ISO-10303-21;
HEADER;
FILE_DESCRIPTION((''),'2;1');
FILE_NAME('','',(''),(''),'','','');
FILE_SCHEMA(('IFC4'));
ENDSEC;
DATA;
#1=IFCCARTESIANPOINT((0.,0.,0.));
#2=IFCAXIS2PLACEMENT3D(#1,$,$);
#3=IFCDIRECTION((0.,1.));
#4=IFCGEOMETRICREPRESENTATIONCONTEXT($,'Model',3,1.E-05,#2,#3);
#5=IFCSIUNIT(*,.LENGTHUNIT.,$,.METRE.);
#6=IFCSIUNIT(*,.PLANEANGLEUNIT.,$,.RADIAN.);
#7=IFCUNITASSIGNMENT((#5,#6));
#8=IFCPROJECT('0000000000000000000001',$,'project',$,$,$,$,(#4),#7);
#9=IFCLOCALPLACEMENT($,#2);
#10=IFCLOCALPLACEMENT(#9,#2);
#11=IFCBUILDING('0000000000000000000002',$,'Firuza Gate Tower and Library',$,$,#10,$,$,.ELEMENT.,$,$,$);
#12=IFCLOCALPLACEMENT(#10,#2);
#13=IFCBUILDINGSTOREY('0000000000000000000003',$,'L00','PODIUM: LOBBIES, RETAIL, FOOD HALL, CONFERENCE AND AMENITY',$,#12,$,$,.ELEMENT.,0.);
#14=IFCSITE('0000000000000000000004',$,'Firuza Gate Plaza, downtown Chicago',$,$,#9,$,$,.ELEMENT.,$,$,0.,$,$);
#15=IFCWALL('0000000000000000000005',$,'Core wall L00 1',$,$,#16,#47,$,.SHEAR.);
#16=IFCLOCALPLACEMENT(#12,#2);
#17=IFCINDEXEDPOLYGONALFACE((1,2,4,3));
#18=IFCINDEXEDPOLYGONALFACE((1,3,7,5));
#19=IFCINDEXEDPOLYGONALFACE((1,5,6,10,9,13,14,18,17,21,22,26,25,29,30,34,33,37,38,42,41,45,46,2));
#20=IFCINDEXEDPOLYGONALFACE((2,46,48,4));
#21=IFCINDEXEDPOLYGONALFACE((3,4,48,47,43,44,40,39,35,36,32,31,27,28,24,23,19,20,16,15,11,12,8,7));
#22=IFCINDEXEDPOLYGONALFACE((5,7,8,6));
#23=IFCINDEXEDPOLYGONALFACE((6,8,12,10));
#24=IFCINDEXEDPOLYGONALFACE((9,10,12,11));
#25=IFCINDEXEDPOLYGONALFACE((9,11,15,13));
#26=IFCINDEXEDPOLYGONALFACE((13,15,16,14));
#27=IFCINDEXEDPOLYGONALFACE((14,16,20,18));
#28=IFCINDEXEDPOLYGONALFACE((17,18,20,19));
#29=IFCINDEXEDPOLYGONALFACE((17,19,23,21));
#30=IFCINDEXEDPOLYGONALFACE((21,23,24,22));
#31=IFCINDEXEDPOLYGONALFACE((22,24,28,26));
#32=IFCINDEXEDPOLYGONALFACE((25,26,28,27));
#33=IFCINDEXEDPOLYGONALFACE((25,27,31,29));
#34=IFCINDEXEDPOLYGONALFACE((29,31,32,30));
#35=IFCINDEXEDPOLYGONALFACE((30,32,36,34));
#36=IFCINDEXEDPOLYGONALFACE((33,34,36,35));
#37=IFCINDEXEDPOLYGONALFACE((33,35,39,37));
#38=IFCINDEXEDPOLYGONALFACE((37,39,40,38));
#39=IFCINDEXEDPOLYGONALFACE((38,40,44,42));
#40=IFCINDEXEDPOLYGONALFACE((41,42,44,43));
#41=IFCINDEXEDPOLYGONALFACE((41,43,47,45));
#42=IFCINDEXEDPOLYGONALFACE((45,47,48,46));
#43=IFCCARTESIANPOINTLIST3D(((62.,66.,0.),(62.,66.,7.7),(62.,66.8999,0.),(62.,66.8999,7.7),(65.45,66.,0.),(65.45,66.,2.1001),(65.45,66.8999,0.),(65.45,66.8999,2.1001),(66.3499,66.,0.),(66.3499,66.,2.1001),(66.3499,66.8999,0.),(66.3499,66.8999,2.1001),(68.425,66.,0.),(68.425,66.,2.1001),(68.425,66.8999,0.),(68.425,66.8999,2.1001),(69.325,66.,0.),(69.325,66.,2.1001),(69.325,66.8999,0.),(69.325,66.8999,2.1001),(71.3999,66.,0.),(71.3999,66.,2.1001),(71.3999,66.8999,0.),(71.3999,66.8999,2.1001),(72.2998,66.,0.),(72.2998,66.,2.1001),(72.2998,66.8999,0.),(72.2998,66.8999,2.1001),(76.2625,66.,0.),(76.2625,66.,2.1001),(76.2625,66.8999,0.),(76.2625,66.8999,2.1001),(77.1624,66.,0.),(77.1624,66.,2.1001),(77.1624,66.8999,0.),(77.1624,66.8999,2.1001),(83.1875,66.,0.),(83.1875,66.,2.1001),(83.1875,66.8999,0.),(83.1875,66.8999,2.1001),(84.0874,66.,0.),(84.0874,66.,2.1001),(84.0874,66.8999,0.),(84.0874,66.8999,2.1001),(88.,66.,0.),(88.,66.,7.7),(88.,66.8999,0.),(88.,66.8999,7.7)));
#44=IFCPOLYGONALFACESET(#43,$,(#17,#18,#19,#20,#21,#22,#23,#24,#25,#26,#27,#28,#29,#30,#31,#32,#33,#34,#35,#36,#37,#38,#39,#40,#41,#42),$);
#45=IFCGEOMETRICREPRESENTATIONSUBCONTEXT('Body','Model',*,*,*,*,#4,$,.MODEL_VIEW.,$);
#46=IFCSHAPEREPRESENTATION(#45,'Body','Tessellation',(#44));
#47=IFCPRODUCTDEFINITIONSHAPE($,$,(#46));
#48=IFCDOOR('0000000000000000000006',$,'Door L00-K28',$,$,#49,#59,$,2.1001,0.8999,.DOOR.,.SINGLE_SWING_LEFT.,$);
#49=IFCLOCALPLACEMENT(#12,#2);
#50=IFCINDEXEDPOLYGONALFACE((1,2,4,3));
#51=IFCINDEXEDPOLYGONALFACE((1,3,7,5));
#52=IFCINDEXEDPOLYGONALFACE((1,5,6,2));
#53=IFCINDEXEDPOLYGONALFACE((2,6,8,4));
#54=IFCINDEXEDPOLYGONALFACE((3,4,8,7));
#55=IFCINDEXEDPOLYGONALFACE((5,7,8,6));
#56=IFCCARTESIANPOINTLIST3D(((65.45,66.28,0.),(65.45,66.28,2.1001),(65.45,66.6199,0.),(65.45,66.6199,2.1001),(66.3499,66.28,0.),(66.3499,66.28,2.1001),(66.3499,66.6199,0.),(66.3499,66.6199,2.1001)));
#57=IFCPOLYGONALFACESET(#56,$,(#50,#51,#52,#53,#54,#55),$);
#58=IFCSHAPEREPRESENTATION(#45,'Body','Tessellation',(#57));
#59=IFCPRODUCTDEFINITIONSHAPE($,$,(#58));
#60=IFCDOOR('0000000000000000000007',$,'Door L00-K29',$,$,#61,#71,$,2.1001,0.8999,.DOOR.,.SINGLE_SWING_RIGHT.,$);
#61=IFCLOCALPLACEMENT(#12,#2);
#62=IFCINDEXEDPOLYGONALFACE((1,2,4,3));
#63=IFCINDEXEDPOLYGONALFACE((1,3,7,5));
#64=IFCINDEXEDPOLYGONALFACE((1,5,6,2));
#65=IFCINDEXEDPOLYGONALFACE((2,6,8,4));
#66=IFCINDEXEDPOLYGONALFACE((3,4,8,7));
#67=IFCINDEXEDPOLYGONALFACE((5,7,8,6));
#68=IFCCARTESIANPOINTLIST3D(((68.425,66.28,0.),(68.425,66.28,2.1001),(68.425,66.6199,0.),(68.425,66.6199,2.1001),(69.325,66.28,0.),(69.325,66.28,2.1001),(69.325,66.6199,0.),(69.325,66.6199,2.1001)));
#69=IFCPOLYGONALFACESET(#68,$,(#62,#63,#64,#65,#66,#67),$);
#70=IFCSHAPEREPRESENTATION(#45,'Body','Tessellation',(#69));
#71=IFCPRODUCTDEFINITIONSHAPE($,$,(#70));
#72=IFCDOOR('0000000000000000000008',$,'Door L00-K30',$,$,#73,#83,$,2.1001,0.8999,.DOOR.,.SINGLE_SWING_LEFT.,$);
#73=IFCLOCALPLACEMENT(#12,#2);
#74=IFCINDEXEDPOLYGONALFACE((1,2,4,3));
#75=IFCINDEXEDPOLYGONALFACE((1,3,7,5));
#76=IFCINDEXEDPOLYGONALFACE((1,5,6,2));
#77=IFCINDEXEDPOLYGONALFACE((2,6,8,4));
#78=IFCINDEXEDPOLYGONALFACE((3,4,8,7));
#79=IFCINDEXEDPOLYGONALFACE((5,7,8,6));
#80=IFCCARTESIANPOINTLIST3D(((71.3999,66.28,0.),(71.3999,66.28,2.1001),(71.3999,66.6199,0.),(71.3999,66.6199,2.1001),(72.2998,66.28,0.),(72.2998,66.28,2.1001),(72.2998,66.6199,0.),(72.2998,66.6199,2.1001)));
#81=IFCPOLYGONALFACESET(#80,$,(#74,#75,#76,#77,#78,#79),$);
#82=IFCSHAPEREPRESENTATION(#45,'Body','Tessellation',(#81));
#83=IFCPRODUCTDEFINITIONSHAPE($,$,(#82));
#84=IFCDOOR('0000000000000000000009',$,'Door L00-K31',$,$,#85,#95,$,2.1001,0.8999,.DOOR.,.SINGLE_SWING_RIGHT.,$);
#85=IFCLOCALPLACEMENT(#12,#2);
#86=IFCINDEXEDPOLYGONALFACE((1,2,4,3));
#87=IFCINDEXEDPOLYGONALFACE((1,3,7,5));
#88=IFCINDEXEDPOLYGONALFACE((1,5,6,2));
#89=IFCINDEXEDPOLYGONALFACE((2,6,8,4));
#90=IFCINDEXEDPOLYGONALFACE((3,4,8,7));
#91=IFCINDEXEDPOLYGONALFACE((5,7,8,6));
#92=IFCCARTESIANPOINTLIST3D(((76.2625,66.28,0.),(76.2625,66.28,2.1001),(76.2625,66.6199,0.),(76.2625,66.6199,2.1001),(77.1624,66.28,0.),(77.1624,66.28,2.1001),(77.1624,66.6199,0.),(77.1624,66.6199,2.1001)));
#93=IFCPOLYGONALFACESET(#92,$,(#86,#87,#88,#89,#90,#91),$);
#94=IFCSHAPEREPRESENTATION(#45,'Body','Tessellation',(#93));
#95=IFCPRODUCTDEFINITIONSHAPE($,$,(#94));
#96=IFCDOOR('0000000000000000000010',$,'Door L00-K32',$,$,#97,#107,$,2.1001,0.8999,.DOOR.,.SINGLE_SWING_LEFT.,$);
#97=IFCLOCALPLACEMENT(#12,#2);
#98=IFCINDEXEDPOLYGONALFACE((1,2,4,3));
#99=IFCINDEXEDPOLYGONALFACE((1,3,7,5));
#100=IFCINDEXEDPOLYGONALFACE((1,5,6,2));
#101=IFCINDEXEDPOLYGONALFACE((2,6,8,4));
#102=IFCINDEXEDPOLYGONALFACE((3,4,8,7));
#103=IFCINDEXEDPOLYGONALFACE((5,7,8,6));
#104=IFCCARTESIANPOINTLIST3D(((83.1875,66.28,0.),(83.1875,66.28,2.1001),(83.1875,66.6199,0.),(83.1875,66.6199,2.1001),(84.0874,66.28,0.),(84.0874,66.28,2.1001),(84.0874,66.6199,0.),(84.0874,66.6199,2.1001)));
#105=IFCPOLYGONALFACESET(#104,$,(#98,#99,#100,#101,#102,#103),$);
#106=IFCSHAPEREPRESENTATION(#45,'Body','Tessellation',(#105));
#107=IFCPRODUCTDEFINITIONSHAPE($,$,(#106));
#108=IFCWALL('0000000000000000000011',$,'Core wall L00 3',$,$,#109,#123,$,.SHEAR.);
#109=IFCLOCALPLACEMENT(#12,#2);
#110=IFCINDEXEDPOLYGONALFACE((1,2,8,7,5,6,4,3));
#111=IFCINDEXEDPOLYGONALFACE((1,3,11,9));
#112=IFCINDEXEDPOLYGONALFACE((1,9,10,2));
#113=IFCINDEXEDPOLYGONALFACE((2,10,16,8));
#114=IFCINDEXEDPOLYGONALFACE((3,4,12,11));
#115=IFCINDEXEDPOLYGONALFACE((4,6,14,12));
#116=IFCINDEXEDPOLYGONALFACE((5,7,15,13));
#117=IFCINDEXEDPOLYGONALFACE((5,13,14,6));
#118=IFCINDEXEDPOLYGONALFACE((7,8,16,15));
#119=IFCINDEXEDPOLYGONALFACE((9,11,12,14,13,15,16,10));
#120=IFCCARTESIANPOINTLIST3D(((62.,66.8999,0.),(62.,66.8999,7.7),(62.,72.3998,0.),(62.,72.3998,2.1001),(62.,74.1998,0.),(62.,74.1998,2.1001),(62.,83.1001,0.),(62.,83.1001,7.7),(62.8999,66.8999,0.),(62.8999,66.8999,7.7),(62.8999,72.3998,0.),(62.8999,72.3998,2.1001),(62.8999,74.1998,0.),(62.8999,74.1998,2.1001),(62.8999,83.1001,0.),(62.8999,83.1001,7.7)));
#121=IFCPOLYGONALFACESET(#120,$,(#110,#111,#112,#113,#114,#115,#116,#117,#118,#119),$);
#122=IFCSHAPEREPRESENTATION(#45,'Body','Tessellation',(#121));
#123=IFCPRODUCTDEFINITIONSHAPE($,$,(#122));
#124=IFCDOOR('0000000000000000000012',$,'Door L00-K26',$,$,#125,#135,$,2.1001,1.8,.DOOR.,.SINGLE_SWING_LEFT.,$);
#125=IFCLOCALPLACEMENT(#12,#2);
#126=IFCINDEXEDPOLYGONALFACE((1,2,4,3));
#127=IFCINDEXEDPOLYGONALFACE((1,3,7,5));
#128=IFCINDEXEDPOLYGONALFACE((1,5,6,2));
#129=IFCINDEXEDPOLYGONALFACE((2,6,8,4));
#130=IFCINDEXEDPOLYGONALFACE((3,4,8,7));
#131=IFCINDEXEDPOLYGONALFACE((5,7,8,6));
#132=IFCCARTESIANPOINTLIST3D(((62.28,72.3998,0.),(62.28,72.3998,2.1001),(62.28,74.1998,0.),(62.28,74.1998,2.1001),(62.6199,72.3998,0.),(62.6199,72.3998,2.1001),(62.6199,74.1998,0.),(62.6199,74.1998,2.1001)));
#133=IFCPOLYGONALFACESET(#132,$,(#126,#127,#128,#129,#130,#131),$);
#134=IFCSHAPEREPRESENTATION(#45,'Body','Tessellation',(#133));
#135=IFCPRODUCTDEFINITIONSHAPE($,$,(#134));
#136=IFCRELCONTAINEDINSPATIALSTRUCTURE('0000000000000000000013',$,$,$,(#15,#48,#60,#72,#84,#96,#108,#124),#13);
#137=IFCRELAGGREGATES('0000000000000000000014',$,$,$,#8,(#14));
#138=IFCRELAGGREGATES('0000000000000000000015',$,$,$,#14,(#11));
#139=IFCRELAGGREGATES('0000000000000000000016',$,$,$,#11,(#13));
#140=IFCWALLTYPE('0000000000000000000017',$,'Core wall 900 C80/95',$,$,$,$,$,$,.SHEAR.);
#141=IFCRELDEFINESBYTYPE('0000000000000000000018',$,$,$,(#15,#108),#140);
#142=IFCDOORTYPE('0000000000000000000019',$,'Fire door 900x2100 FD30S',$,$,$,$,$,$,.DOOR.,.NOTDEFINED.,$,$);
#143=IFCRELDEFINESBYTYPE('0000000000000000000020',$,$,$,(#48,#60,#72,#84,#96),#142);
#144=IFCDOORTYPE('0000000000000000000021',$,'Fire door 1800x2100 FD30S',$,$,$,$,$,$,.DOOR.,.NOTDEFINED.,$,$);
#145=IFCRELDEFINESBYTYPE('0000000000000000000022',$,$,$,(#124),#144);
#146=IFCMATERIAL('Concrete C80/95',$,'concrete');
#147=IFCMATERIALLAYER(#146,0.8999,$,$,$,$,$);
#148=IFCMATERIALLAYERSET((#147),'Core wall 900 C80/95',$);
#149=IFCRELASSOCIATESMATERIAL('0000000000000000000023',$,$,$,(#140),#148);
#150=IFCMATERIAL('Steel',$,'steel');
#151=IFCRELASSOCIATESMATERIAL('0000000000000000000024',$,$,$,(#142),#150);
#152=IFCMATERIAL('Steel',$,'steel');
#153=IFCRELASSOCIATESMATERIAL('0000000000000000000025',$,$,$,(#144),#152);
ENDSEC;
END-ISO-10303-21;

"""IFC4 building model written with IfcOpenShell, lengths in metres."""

from ifc_helpers import new_model, si_unit, direction, frame, frame_2d, origin, place, context, subcontext, project, spatial, rectangle, extrude, material, layer, layer_set, type_object, element, fill, save


model = new_model("IFC4")

# Units and contexts
model_context = context("Model", 3, precision=1e-05, world=origin(), true_north=direction((0.0, 1.0)))
body_context = subcontext(model_context, "Body", "Model", "MODEL_VIEW")
ifc_project = project(units=[si_unit("LENGTHUNIT", "METRE"), si_unit("PLANEANGLEUNIT", "RADIAN")], contexts=[model_context])

# Site, building, storey
site_placement = place(None, origin())
site = spatial("IfcSite", under=ifc_project, at=site_placement, Name="Firuza Gate Plaza, downtown Chicago", CompositionType="ELEMENT", RefElevation=0.0)
building_placement = place(site_placement, origin())
building = spatial("IfcBuilding", under=site, at=building_placement, Name="Firuza Gate Tower and Library", CompositionType="ELEMENT")
storey_placement = place(building_placement, origin())
storey = spatial("IfcBuildingStorey", under=building, at=storey_placement, Name="L00", Description="PODIUM: LOBBIES, RETAIL, FOOD HALL, CONFERENCE AND AMENITY", CompositionType="ELEMENT", Elevation=0.0)

# Wall, openings, doors
ifc_material_1 = material(Name="Concrete C80/95", Category="concrete")
ifc_layer_1 = layer(ifc_material_1, 0.8999)
ifc_layer_set_1 = layer_set([ifc_layer_1], Name="Core wall 900 C80/95")
wall_type_1 = type_object("IfcWallType", Name="Core wall 900 C80/95", PredefinedType="SHEAR", material=ifc_layer_set_1)
wall_1_placement = place(storey_placement, frame((62.0, 66.45, 0.0), z_axis=(0.0, 0.0, 1.0), x_axis=(1.0, 0.0, 0.0)))
wall_1 = element("IfcWall", 1, at=wall_1_placement, inside=storey, type_object=wall_type_1, Name="Core wall L00 1", PredefinedType="SHEAR", context=body_context, shape_type="SweptSolid", body=[
    extrude(rectangle(XDim=26.0, YDim=0.8999, at=frame_2d((13.0, 0.0))), origin(), (0.0, 0.0, 1.0), 7.7),
])
opening_1_placement = place(wall_1_placement, frame((3.45, 0.0, 0.0)))
opening_1 = element("IfcOpeningElement", 2, at=opening_1_placement, cuts=wall_1, PredefinedType="OPENING", context=body_context, shape_type="SweptSolid", body=[
    extrude(rectangle(XDim=0.8999, YDim=2.1001, at=frame_2d((0.45, 1.05))), frame((0.0, 0.46, 0.0), z_axis=(0.0, -1.0, 0.0), x_axis=(1.0, 0.0, 0.0)), (0.0, 0.0, 1.0), 0.9199),
])
opening_2_placement = place(wall_1_placement, frame((6.425, 0.0, 0.0)))
opening_2 = element("IfcOpeningElement", 3, at=opening_2_placement, cuts=wall_1, PredefinedType="OPENING", context=body_context, shape_type="SweptSolid", body=[
    extrude(rectangle(XDim=0.8999, YDim=2.1001, at=frame_2d((0.45, 1.05))), frame((0.0, 0.46, 0.0), z_axis=(0.0, -1.0, 0.0), x_axis=(1.0, 0.0, 0.0)), (0.0, 0.0, 1.0), 0.9199),
])
opening_3_placement = place(wall_1_placement, frame((9.3999, 0.0, 0.0)))
opening_3 = element("IfcOpeningElement", 4, at=opening_3_placement, cuts=wall_1, PredefinedType="OPENING", context=body_context, shape_type="SweptSolid", body=[
    extrude(rectangle(XDim=0.8999, YDim=2.1001, at=frame_2d((0.45, 1.05))), frame((0.0, 0.46, 0.0), z_axis=(0.0, -1.0, 0.0), x_axis=(1.0, 0.0, 0.0)), (0.0, 0.0, 1.0), 0.9199),
])
opening_4_placement = place(wall_1_placement, frame((14.2625, 0.0, 0.0)))
opening_4 = element("IfcOpeningElement", 5, at=opening_4_placement, cuts=wall_1, PredefinedType="OPENING", context=body_context, shape_type="SweptSolid", body=[
    extrude(rectangle(XDim=0.8999, YDim=2.1001, at=frame_2d((0.45, 1.05))), frame((0.0, 0.46, 0.0), z_axis=(0.0, -1.0, 0.0), x_axis=(1.0, 0.0, 0.0)), (0.0, 0.0, 1.0), 0.9199),
])
opening_5_placement = place(wall_1_placement, frame((21.1875, 0.0, 0.0)))
opening_5 = element("IfcOpeningElement", 6, at=opening_5_placement, cuts=wall_1, PredefinedType="OPENING", context=body_context, shape_type="SweptSolid", body=[
    extrude(rectangle(XDim=0.8999, YDim=2.1001, at=frame_2d((0.45, 1.05))), frame((0.0, 0.46, 0.0), z_axis=(0.0, -1.0, 0.0), x_axis=(1.0, 0.0, 0.0)), (0.0, 0.0, 1.0), 0.9199),
])
ifc_material_2 = material(Name="Steel", Category="steel")
door_type_1 = type_object("IfcDoorType", Name="Fire door 900x2100 FD30S", OperationType="NOTDEFINED", PredefinedType="DOOR", material=ifc_material_2)
door_1_placement = place(opening_1_placement, origin())
door_1 = element("IfcDoor", 7, at=door_1_placement, inside=storey, type_object=door_type_1, Name="Door L00-K28", OperationType="SINGLE_SWING_LEFT", OverallHeight=2.1001, OverallWidth=0.8999, PredefinedType="DOOR", context=body_context, shape_type="SweptSolid", body=[
    extrude(rectangle(XDim=0.8999, YDim=2.1001, at=frame_2d((0.45, 1.05))), frame((0.0, 0.1699, 0.0), z_axis=(0.0, -1.0, 0.0), x_axis=(1.0, 0.0, 0.0)), (0.0, 0.0, 1.0), 0.3398),
])
fill(opening_1, door_1)
door_2_placement = place(opening_2_placement, origin())
door_2 = element("IfcDoor", 8, at=door_2_placement, inside=storey, type_object=door_type_1, Name="Door L00-K29", OperationType="SINGLE_SWING_RIGHT", OverallHeight=2.1001, OverallWidth=0.8999, PredefinedType="DOOR", context=body_context, shape_type="SweptSolid", body=[
    extrude(rectangle(XDim=0.8999, YDim=2.1001, at=frame_2d((0.45, 1.05))), frame((0.0, 0.1699, 0.0), z_axis=(0.0, -1.0, 0.0), x_axis=(1.0, 0.0, 0.0)), (0.0, 0.0, 1.0), 0.3398),
])
fill(opening_2, door_2)
door_3_placement = place(opening_3_placement, origin())
door_3 = element("IfcDoor", 9, at=door_3_placement, inside=storey, type_object=door_type_1, Name="Door L00-K30", OperationType="SINGLE_SWING_LEFT", OverallHeight=2.1001, OverallWidth=0.8999, PredefinedType="DOOR", context=body_context, shape_type="SweptSolid", body=[
    extrude(rectangle(XDim=0.8999, YDim=2.1001, at=frame_2d((0.45, 1.05))), frame((0.0, 0.1699, 0.0), z_axis=(0.0, -1.0, 0.0), x_axis=(1.0, 0.0, 0.0)), (0.0, 0.0, 1.0), 0.3398),
])
fill(opening_3, door_3)
door_4_placement = place(opening_4_placement, origin())
door_4 = element("IfcDoor", 10, at=door_4_placement, inside=storey, type_object=door_type_1, Name="Door L00-K31", OperationType="SINGLE_SWING_RIGHT", OverallHeight=2.1001, OverallWidth=0.8999, PredefinedType="DOOR", context=body_context, shape_type="SweptSolid", body=[
    extrude(rectangle(XDim=0.8999, YDim=2.1001, at=frame_2d((0.45, 1.05))), frame((0.0, 0.1699, 0.0), z_axis=(0.0, -1.0, 0.0), x_axis=(1.0, 0.0, 0.0)), (0.0, 0.0, 1.0), 0.3398),
])
fill(opening_4, door_4)
door_5_placement = place(opening_5_placement, origin())
door_5 = element("IfcDoor", 11, at=door_5_placement, inside=storey, type_object=door_type_1, Name="Door L00-K32", OperationType="SINGLE_SWING_LEFT", OverallHeight=2.1001, OverallWidth=0.8999, PredefinedType="DOOR", context=body_context, shape_type="SweptSolid", body=[
    extrude(rectangle(XDim=0.8999, YDim=2.1001, at=frame_2d((0.45, 1.05))), frame((0.0, 0.1699, 0.0), z_axis=(0.0, -1.0, 0.0), x_axis=(1.0, 0.0, 0.0)), (0.0, 0.0, 1.0), 0.3398),
])
fill(opening_5, door_5)

# Wall, opening, door
wall_2_placement = place(storey_placement, frame((62.45, 66.8999, 0.0), z_axis=(0.0, 0.0, 1.0), x_axis=(0.0, 1.0, 0.0)))
wall_2 = element("IfcWall", 12, at=wall_2_placement, inside=storey, type_object=wall_type_1, Name="Core wall L00 3", PredefinedType="SHEAR", context=body_context, shape_type="SweptSolid", body=[
    extrude(rectangle(XDim=16.2002, YDim=0.8999, at=frame_2d((8.1001, 0.0))), origin(), (0.0, 0.0, 1.0), 7.7),
])
opening_6_placement = place(wall_2_placement, frame((5.5, 0.0, 0.0)))
opening_6 = element("IfcOpeningElement", 13, at=opening_6_placement, cuts=wall_2, PredefinedType="OPENING", context=body_context, shape_type="SweptSolid", body=[
    extrude(rectangle(XDim=1.8, YDim=2.1001, at=frame_2d((0.8999, 1.05))), frame((0.0, 0.46, 0.0), z_axis=(0.0, -1.0, 0.0), x_axis=(1.0, 0.0, 0.0)), (0.0, 0.0, 1.0), 0.9199),
])
ifc_material_3 = material(Name="Steel", Category="steel")
door_type_2 = type_object("IfcDoorType", Name="Fire door 1800x2100 FD30S", OperationType="NOTDEFINED", PredefinedType="DOOR", material=ifc_material_3)
door_6_placement = place(opening_6_placement, origin())
door_6 = element("IfcDoor", 14, at=door_6_placement, inside=storey, type_object=door_type_2, Name="Door L00-K26", OperationType="SINGLE_SWING_LEFT", OverallHeight=2.1001, OverallWidth=1.8, PredefinedType="DOOR", context=body_context, shape_type="SweptSolid", body=[
    extrude(rectangle(XDim=1.8, YDim=2.1001, at=frame_2d((0.8999, 1.05))), frame((0.0, 0.1699, 0.0), z_axis=(0.0, -1.0, 0.0), x_axis=(1.0, 0.0, 0.0)), (0.0, 0.0, 1.0), 0.3398),
])
fill(opening_6, door_6)

save(model, "model.ifc")
